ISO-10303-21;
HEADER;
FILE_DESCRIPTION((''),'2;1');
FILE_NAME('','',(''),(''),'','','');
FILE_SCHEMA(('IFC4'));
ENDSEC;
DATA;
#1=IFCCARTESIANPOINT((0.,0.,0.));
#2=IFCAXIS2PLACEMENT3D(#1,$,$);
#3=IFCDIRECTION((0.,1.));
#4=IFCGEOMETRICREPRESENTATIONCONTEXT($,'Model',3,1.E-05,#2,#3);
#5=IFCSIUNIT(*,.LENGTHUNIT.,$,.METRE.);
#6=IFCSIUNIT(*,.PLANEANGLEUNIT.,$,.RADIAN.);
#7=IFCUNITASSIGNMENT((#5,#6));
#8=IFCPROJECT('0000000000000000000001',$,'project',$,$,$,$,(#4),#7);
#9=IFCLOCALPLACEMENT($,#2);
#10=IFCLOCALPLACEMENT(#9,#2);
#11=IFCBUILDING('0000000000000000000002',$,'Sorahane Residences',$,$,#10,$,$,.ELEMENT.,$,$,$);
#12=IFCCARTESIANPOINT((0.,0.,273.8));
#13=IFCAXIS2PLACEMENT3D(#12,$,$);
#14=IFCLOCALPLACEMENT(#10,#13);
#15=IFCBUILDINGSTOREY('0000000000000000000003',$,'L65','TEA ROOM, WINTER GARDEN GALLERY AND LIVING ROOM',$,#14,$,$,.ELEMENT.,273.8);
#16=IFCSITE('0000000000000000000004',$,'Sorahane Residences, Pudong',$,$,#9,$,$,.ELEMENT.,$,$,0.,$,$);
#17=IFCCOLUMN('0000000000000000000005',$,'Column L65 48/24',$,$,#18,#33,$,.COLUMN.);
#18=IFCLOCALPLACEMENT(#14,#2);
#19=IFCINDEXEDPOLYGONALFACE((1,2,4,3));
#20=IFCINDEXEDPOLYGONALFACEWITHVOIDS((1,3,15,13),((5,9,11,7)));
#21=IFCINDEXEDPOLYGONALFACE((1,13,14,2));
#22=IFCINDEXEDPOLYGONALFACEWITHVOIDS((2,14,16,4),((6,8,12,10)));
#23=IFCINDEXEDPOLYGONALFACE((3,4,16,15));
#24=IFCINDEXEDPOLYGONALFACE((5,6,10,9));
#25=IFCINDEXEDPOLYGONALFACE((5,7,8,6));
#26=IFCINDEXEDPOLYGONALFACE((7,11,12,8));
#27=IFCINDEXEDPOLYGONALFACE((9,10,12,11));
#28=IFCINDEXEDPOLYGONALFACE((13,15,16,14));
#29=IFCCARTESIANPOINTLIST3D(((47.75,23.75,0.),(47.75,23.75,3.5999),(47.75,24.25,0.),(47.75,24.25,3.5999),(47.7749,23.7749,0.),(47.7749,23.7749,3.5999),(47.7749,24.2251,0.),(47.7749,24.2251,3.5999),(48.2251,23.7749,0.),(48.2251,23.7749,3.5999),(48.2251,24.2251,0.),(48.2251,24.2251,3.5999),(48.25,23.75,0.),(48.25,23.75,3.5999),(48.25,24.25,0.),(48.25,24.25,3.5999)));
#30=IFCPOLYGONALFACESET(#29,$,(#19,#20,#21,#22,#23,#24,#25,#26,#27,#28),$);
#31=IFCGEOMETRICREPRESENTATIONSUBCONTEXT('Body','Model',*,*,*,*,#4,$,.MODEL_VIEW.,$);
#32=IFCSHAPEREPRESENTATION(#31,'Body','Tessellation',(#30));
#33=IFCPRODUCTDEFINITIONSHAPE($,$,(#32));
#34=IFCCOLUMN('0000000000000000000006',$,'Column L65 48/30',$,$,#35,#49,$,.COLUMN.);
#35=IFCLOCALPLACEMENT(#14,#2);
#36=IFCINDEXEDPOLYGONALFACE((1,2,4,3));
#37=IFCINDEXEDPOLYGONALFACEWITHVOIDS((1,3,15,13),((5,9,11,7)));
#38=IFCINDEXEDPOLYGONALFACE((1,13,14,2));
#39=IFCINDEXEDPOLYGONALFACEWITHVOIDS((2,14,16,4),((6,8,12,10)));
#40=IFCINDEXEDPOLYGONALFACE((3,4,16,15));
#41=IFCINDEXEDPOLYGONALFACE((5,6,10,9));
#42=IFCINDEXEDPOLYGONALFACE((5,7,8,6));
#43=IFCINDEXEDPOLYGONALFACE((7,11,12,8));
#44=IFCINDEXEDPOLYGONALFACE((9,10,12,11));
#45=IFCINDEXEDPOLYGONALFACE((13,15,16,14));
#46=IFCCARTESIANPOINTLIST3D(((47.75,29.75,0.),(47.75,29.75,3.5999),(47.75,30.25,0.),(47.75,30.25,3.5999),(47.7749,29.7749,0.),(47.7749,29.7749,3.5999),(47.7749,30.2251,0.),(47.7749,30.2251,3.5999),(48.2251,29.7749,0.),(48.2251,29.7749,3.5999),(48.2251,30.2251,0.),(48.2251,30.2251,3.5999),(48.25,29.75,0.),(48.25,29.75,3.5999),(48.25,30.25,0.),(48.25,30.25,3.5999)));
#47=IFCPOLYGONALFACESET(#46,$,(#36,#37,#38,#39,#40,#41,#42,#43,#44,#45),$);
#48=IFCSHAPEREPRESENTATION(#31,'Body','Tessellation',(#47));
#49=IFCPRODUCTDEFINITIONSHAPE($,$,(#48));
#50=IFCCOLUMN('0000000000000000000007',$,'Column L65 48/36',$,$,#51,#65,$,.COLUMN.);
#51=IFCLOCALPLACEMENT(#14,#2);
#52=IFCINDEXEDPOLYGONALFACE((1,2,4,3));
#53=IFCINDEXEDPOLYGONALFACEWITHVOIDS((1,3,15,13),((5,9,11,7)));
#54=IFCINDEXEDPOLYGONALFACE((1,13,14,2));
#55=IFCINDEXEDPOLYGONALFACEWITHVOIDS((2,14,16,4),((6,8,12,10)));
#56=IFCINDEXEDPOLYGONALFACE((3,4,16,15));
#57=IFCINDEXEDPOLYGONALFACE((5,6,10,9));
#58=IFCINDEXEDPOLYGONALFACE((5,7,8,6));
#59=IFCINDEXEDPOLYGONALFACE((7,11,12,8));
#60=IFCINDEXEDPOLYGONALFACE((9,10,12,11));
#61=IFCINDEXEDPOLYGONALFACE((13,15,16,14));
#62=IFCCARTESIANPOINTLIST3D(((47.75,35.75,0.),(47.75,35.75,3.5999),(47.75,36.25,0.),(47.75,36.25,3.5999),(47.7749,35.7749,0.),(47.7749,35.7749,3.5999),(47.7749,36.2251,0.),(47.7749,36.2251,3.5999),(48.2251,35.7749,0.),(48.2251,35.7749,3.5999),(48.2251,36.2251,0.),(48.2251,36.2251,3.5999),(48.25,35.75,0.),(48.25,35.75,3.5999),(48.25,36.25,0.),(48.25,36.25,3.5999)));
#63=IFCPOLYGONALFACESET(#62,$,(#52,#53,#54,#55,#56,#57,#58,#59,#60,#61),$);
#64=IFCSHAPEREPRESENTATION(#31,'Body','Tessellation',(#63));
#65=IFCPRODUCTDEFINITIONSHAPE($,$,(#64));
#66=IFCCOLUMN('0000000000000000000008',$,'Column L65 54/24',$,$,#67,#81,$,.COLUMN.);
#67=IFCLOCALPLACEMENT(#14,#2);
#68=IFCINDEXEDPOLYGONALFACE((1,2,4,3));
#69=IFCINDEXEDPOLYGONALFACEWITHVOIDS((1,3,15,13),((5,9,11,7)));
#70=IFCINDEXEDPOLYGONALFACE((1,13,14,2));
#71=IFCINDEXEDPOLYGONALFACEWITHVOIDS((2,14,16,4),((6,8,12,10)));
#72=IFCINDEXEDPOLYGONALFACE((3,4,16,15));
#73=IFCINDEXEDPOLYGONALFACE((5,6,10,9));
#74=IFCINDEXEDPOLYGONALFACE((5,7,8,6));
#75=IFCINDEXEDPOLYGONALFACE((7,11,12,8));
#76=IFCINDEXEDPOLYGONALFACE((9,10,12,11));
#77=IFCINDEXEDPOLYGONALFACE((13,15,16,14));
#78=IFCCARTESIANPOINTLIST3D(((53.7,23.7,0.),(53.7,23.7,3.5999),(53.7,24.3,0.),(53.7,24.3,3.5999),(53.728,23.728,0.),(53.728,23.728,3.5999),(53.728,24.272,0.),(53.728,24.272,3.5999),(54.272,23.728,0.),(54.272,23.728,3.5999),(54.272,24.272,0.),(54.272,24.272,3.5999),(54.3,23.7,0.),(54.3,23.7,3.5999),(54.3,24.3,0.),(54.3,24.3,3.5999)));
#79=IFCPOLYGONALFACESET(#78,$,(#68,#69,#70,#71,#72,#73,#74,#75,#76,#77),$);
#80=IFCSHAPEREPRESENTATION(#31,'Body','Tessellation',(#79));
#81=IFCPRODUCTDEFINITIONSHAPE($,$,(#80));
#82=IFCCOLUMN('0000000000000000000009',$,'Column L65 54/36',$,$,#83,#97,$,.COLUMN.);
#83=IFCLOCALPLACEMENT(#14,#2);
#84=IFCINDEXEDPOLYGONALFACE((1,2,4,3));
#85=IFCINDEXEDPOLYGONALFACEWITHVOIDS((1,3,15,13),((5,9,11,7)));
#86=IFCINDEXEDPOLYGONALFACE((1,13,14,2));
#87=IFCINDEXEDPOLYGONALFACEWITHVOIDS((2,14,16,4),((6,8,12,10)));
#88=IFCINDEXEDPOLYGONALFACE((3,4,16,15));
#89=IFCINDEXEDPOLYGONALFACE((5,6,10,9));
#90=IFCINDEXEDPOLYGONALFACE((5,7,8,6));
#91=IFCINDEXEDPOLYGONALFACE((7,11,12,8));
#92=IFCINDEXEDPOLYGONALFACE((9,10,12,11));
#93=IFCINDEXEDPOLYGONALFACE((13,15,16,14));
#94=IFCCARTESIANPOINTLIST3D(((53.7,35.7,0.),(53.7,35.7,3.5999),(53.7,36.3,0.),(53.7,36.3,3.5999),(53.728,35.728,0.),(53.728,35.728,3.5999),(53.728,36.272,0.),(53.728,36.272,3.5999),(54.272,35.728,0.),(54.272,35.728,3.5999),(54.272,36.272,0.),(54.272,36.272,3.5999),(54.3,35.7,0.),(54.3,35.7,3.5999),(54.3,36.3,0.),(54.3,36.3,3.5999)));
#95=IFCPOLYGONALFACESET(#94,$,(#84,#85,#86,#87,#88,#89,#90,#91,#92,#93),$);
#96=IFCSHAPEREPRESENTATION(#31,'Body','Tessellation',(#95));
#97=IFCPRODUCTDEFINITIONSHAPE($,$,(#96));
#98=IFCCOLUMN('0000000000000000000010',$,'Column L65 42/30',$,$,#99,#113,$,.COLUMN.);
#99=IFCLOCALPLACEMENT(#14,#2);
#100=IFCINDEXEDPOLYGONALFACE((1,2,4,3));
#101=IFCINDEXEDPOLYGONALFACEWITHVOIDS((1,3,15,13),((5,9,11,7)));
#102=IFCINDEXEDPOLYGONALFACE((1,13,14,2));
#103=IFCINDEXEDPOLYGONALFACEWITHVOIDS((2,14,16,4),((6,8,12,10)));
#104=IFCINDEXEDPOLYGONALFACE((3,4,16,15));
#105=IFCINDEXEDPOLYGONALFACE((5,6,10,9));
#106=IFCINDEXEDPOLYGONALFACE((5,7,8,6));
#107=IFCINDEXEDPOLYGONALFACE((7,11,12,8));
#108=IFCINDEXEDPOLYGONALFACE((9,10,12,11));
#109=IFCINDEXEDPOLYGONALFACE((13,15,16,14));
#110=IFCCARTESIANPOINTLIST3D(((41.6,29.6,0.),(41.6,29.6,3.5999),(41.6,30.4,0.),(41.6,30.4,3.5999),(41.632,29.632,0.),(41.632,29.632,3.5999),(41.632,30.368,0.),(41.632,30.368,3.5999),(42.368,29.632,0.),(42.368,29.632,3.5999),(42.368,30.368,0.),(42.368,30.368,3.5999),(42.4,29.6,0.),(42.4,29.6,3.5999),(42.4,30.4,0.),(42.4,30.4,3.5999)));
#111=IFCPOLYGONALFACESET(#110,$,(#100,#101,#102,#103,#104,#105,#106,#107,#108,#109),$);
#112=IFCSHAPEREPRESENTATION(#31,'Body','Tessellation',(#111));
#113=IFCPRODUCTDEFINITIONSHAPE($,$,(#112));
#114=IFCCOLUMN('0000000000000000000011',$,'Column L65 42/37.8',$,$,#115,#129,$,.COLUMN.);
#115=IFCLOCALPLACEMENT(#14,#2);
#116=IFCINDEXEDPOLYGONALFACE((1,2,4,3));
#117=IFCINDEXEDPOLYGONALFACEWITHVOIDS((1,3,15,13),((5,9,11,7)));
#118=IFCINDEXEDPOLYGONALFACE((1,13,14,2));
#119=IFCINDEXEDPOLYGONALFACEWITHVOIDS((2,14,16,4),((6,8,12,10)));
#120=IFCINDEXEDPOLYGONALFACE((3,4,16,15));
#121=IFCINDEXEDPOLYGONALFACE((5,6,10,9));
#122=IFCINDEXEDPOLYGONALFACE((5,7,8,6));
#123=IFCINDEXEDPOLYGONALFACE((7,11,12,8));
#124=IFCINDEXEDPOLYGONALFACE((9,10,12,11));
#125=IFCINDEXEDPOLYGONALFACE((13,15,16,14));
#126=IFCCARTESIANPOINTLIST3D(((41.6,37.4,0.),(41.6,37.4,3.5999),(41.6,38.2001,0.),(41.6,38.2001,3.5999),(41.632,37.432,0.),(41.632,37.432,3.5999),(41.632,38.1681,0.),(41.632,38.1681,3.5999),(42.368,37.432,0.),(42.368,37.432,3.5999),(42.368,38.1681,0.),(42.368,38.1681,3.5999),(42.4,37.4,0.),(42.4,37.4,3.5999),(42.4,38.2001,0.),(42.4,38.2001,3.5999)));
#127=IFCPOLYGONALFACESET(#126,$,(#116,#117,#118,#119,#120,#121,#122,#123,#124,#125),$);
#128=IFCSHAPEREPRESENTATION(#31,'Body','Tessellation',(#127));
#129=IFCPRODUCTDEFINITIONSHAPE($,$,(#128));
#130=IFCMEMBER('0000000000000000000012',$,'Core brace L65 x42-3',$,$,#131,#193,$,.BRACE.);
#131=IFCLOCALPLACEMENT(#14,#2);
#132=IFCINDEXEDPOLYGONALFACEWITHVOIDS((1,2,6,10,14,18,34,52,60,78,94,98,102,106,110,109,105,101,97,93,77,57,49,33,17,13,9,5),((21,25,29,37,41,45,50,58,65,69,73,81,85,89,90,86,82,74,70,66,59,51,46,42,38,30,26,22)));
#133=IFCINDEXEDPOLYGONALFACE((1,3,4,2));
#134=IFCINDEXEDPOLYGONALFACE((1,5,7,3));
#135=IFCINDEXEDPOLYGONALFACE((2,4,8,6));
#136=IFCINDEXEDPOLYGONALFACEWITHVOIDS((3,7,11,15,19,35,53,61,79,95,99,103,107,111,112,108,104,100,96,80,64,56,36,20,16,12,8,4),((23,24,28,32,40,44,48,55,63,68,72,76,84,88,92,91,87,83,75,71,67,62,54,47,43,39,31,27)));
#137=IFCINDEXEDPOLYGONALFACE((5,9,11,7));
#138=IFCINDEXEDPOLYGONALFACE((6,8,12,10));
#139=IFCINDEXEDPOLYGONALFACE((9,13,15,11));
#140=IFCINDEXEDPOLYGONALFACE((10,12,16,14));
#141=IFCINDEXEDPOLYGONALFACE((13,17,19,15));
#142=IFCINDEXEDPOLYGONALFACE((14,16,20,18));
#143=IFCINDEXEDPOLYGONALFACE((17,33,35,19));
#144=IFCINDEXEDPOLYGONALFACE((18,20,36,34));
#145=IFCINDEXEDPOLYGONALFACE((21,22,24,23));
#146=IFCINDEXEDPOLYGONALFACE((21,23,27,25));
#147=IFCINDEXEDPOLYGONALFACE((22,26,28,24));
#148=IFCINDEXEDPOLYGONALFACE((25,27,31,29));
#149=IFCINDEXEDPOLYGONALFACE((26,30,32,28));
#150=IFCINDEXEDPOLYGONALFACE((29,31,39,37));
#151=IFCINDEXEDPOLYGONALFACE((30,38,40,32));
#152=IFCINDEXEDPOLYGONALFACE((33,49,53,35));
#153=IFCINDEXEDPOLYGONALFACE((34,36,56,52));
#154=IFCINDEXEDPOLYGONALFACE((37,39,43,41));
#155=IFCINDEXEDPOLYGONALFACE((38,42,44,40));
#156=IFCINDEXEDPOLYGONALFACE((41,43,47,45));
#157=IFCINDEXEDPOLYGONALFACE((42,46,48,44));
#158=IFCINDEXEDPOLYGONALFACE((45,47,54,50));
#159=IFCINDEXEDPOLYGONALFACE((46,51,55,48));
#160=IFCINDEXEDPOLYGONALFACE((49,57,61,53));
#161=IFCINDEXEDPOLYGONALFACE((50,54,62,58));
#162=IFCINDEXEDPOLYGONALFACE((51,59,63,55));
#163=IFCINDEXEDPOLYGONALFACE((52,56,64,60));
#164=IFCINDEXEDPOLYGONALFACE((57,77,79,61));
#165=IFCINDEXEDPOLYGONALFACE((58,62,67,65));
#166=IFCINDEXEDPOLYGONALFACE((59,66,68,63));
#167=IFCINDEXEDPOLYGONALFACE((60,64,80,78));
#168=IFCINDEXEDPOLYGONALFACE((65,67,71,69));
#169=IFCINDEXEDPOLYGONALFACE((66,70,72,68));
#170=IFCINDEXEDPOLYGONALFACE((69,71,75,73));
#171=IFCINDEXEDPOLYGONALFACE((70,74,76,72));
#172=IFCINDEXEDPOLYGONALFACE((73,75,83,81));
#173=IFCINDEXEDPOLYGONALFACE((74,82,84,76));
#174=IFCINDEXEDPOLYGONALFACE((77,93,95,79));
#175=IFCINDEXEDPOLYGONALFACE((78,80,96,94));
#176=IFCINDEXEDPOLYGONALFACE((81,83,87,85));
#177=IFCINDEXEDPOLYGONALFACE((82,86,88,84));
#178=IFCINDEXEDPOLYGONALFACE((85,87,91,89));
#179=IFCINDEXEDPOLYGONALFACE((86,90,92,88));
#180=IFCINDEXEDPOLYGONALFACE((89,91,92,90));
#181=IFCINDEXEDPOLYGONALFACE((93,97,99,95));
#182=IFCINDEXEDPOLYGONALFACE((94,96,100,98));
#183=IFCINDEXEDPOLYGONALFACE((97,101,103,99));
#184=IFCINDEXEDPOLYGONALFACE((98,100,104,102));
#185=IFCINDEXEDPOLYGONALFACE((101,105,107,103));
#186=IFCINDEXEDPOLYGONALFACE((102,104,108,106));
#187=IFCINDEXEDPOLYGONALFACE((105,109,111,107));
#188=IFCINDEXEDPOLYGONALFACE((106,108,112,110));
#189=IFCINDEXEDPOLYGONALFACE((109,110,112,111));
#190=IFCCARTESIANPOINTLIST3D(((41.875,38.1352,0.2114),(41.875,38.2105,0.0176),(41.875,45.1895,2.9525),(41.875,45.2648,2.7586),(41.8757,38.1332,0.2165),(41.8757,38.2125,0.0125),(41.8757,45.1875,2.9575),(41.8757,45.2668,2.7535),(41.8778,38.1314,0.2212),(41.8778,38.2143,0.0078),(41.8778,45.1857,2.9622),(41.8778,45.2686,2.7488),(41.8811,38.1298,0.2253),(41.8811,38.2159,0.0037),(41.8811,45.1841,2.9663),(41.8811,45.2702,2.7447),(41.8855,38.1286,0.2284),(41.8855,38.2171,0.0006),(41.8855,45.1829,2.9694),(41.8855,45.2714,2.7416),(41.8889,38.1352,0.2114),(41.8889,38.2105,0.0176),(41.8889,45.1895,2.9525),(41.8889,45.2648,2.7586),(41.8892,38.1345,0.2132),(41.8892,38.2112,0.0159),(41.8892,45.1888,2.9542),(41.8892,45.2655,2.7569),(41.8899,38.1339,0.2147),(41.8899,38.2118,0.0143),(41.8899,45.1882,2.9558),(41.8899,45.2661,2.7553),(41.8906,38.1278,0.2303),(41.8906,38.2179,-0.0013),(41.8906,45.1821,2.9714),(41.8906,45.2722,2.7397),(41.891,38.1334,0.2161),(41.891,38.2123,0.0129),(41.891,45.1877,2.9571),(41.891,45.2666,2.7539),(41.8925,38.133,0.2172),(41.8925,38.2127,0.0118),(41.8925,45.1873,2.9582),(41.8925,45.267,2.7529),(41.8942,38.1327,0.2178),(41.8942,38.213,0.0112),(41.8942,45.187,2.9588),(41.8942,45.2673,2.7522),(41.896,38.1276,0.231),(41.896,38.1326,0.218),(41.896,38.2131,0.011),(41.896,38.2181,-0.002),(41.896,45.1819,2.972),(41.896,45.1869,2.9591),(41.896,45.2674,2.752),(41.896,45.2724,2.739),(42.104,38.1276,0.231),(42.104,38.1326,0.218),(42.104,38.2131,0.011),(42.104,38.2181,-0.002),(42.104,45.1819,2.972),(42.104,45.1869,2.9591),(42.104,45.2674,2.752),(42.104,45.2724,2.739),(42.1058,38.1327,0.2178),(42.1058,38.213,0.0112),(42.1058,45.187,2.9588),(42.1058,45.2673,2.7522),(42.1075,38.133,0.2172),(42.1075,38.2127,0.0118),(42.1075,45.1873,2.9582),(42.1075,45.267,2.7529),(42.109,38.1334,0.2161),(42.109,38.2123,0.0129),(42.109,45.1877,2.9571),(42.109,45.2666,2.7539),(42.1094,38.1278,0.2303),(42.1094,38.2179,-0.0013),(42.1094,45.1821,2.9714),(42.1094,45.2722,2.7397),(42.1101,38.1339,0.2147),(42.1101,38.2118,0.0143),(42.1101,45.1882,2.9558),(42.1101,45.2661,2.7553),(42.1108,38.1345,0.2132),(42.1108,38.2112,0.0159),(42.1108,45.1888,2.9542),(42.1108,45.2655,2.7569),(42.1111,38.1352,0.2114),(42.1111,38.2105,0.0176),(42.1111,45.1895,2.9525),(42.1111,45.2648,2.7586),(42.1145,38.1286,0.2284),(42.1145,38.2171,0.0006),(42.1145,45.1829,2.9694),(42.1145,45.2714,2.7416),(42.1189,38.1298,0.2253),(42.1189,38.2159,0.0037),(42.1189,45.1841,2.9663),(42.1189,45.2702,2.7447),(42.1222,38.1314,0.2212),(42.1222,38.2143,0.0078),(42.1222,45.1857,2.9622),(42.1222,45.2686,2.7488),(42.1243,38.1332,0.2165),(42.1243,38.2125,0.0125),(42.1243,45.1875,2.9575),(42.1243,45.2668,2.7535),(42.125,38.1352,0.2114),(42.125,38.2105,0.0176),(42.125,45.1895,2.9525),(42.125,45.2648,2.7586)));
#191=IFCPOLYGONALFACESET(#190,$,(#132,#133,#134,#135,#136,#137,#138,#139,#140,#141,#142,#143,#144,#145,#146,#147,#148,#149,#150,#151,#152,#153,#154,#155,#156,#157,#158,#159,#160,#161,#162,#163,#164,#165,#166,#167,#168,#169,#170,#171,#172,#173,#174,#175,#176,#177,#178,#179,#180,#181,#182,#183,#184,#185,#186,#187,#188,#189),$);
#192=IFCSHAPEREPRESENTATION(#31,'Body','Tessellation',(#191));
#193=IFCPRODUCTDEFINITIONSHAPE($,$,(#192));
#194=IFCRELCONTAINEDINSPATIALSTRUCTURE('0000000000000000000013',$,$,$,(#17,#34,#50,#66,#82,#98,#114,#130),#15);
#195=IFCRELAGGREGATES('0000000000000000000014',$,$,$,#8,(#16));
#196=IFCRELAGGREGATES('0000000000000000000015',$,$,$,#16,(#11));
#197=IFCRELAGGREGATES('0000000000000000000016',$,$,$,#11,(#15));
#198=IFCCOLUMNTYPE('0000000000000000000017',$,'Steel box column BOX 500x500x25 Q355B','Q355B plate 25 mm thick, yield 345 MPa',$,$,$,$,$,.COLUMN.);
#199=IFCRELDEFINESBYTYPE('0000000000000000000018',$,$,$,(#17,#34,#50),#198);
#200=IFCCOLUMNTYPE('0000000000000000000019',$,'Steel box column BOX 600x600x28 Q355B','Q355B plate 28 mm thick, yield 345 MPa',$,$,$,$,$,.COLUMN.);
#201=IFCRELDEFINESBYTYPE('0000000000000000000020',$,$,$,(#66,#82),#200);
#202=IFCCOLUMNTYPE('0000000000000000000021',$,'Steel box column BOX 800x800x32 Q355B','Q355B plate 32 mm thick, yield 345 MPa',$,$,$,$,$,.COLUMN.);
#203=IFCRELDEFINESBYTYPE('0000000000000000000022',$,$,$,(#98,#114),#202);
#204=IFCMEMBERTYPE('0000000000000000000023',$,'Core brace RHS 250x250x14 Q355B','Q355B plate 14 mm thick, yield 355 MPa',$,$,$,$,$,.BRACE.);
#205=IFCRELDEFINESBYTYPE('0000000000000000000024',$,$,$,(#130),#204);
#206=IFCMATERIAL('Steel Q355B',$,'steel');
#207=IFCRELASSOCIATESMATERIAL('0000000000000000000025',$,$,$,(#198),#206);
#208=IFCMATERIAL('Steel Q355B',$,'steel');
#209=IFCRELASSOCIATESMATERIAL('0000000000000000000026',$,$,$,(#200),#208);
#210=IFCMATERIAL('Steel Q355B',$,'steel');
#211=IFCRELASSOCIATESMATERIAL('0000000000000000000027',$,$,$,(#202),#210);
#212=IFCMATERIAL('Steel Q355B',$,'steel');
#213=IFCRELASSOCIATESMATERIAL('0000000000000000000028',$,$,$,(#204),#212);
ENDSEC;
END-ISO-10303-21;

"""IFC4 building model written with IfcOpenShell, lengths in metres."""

from ifc_helpers import new_model, si_unit, direction, frame, origin, origin_2d, place, context, subcontext, project, spatial, hollow_rectangle, extrude, material, material_profile, profile_set, type_object, element, save


model = new_model("IFC4")

# Units and contexts
model_context = context("Model", 3, precision=1e-05, world=origin(), true_north=direction((0.0, 1.0)))
body_context = subcontext(model_context, "Body", "Model", "MODEL_VIEW")
ifc_project = project(units=[si_unit("LENGTHUNIT", "METRE"), si_unit("PLANEANGLEUNIT", "RADIAN")], contexts=[model_context])

# Site, building, storey
site_placement = place(None, origin())
site = spatial("IfcSite", under=ifc_project, at=site_placement, Name="Sorahane Residences, Pudong", CompositionType="ELEMENT", RefElevation=0.0)
building_placement = place(site_placement, origin())
building = spatial("IfcBuilding", under=site, at=building_placement, Name="Sorahane Residences", CompositionType="ELEMENT")
storey_placement = place(building_placement, frame((0.0, 0.0, 273.8)))
storey = spatial("IfcBuildingStorey", under=building, at=storey_placement, Name="L65", Description="TEA ROOM, WINTER GARDEN GALLERY AND LIVING ROOM", CompositionType="ELEMENT", Elevation=273.8)

# Columns
ifc_material_1 = material(Name="Steel Q355B", Category="steel")
ifc_material_profile_1 = material_profile(ifc_material_1, hollow_rectangle(XDim=0.5, YDim=0.5, WallThickness=0.0249, at=origin_2d()), Name="BOX 500x500x25")
ifc_profile_set_1 = profile_set([ifc_material_profile_1], Name="Steel Q355B")
column_type_1 = type_object("IfcColumnType", Name="Steel box column BOX 500x500x25 Q355B", Description="Q355B plate 25 mm thick, yield 345 MPa", PredefinedType="COLUMN", material=ifc_profile_set_1)
for number, where, z_axis, x_axis, name in (
    (1, (48.0, 24.0, 0.0), (0.0, 0.0, 1.0), (1.0, 0.0, 0.0), "Column L65 48/24"),
    (2, (48.0, 30.0, 0.0), (0.0, 0.0, 1.0), (1.0, 0.0, 0.0), "Column L65 48/30"),
    (3, (48.0, 36.0, 0.0), (0.0, 0.0, 1.0), (1.0, 0.0, 0.0), "Column L65 48/36"),
):
    element("IfcColumn", number, at=place(storey_placement, frame(where, z_axis=z_axis, x_axis=x_axis)), inside=storey, type_object=column_type_1, Name=name, PredefinedType="COLUMN", context=body_context, shape_type="SweptSolid", body=[
        extrude(hollow_rectangle(XDim=0.5, YDim=0.5, WallThickness=0.0249, at=origin_2d()), origin(), (0.0, 0.0, 1.0), 3.5999),
    ])
ifc_material_2 = material(Name="Steel Q355B", Category="steel")
ifc_material_profile_2 = material_profile(ifc_material_2, hollow_rectangle(XDim=0.6001, YDim=0.6001, WallThickness=0.0281, at=origin_2d()), Name="BOX 600x600x28")
ifc_profile_set_2 = profile_set([ifc_material_profile_2], Name="Steel Q355B")
column_type_2 = type_object("IfcColumnType", Name="Steel box column BOX 600x600x28 Q355B", Description="Q355B plate 28 mm thick, yield 345 MPa", PredefinedType="COLUMN", material=ifc_profile_set_2)
for number, where, z_axis, x_axis, name in (
    (4, (54.0, 24.0, 0.0), (0.0, 0.0, 1.0), (1.0, 0.0, 0.0), "Column L65 54/24"),
    (5, (54.0, 36.0, 0.0), (0.0, 0.0, 1.0), (1.0, 0.0, 0.0), "Column L65 54/36"),
):
    element("IfcColumn", number, at=place(storey_placement, frame(where, z_axis=z_axis, x_axis=x_axis)), inside=storey, type_object=column_type_2, Name=name, PredefinedType="COLUMN", context=body_context, shape_type="SweptSolid", body=[
        extrude(hollow_rectangle(XDim=0.6001, YDim=0.6001, WallThickness=0.0281, at=origin_2d()), origin(), (0.0, 0.0, 1.0), 3.5999),
    ])
ifc_material_3 = material(Name="Steel Q355B", Category="steel")
ifc_material_profile_3 = material_profile(ifc_material_3, hollow_rectangle(XDim=0.8, YDim=0.8, WallThickness=0.032, at=origin_2d()), Name="BOX 800x800x32")
ifc_profile_set_3 = profile_set([ifc_material_profile_3], Name="Steel Q355B")
column_type_3 = type_object("IfcColumnType", Name="Steel box column BOX 800x800x32 Q355B", Description="Q355B plate 32 mm thick, yield 345 MPa", PredefinedType="COLUMN", material=ifc_profile_set_3)
for number, where, z_axis, x_axis, name in (
    (6, (42.0, 30.0, 0.0), (0.0, 0.0, 1.0), (1.0, 0.0, 0.0), "Column L65 42/30"),
    (7, (42.0, 37.8, 0.0), (0.0, 0.0, 1.0), (1.0, 0.0, 0.0), "Column L65 42/37.8"),
):
    element("IfcColumn", number, at=place(storey_placement, frame(where, z_axis=z_axis, x_axis=x_axis)), inside=storey, type_object=column_type_3, Name=name, PredefinedType="COLUMN", context=body_context, shape_type="SweptSolid", body=[
        extrude(hollow_rectangle(XDim=0.8, YDim=0.8, WallThickness=0.032, at=origin_2d()), origin(), (0.0, 0.0, 1.0), 3.5999),
    ])

# Member
ifc_material_4 = material(Name="Steel Q355B", Category="steel")
ifc_material_profile_4 = material_profile(ifc_material_4, hollow_rectangle(XDim=0.25, YDim=0.25, WallThickness=0.0139, InnerFilletRadius=0.0071, OuterFilletRadius=0.021, at=origin_2d()), Name="RHS 250x250x14")
ifc_profile_set_4 = profile_set([ifc_material_profile_4], Name="Steel Q355B")
member_type_1 = type_object("IfcMemberType", Name="Core brace RHS 250x250x14 Q355B", Description="Q355B plate 14 mm thick, yield 355 MPa", PredefinedType="BRACE", material=ifc_profile_set_4)
member_1_placement = place(storey_placement, frame((42.0, 38.1729, 0.1145), z_axis=(0.0, 0.932109, 0.362178), x_axis=(-1.0, 0.0, 0.0)))
element("IfcMember", 8, at=member_1_placement, inside=storey, type_object=member_type_1, Name="Core brace L65 x42-3", PredefinedType="BRACE", context=body_context, shape_type="SweptSolid", body=[
    extrude(hollow_rectangle(XDim=0.25, YDim=0.25, WallThickness=0.0139, InnerFilletRadius=0.0071, OuterFilletRadius=0.021, at=origin_2d()), origin(), (0.0, 0.0, 1.0), 7.5681),
])

save(model, "model.ifc")
